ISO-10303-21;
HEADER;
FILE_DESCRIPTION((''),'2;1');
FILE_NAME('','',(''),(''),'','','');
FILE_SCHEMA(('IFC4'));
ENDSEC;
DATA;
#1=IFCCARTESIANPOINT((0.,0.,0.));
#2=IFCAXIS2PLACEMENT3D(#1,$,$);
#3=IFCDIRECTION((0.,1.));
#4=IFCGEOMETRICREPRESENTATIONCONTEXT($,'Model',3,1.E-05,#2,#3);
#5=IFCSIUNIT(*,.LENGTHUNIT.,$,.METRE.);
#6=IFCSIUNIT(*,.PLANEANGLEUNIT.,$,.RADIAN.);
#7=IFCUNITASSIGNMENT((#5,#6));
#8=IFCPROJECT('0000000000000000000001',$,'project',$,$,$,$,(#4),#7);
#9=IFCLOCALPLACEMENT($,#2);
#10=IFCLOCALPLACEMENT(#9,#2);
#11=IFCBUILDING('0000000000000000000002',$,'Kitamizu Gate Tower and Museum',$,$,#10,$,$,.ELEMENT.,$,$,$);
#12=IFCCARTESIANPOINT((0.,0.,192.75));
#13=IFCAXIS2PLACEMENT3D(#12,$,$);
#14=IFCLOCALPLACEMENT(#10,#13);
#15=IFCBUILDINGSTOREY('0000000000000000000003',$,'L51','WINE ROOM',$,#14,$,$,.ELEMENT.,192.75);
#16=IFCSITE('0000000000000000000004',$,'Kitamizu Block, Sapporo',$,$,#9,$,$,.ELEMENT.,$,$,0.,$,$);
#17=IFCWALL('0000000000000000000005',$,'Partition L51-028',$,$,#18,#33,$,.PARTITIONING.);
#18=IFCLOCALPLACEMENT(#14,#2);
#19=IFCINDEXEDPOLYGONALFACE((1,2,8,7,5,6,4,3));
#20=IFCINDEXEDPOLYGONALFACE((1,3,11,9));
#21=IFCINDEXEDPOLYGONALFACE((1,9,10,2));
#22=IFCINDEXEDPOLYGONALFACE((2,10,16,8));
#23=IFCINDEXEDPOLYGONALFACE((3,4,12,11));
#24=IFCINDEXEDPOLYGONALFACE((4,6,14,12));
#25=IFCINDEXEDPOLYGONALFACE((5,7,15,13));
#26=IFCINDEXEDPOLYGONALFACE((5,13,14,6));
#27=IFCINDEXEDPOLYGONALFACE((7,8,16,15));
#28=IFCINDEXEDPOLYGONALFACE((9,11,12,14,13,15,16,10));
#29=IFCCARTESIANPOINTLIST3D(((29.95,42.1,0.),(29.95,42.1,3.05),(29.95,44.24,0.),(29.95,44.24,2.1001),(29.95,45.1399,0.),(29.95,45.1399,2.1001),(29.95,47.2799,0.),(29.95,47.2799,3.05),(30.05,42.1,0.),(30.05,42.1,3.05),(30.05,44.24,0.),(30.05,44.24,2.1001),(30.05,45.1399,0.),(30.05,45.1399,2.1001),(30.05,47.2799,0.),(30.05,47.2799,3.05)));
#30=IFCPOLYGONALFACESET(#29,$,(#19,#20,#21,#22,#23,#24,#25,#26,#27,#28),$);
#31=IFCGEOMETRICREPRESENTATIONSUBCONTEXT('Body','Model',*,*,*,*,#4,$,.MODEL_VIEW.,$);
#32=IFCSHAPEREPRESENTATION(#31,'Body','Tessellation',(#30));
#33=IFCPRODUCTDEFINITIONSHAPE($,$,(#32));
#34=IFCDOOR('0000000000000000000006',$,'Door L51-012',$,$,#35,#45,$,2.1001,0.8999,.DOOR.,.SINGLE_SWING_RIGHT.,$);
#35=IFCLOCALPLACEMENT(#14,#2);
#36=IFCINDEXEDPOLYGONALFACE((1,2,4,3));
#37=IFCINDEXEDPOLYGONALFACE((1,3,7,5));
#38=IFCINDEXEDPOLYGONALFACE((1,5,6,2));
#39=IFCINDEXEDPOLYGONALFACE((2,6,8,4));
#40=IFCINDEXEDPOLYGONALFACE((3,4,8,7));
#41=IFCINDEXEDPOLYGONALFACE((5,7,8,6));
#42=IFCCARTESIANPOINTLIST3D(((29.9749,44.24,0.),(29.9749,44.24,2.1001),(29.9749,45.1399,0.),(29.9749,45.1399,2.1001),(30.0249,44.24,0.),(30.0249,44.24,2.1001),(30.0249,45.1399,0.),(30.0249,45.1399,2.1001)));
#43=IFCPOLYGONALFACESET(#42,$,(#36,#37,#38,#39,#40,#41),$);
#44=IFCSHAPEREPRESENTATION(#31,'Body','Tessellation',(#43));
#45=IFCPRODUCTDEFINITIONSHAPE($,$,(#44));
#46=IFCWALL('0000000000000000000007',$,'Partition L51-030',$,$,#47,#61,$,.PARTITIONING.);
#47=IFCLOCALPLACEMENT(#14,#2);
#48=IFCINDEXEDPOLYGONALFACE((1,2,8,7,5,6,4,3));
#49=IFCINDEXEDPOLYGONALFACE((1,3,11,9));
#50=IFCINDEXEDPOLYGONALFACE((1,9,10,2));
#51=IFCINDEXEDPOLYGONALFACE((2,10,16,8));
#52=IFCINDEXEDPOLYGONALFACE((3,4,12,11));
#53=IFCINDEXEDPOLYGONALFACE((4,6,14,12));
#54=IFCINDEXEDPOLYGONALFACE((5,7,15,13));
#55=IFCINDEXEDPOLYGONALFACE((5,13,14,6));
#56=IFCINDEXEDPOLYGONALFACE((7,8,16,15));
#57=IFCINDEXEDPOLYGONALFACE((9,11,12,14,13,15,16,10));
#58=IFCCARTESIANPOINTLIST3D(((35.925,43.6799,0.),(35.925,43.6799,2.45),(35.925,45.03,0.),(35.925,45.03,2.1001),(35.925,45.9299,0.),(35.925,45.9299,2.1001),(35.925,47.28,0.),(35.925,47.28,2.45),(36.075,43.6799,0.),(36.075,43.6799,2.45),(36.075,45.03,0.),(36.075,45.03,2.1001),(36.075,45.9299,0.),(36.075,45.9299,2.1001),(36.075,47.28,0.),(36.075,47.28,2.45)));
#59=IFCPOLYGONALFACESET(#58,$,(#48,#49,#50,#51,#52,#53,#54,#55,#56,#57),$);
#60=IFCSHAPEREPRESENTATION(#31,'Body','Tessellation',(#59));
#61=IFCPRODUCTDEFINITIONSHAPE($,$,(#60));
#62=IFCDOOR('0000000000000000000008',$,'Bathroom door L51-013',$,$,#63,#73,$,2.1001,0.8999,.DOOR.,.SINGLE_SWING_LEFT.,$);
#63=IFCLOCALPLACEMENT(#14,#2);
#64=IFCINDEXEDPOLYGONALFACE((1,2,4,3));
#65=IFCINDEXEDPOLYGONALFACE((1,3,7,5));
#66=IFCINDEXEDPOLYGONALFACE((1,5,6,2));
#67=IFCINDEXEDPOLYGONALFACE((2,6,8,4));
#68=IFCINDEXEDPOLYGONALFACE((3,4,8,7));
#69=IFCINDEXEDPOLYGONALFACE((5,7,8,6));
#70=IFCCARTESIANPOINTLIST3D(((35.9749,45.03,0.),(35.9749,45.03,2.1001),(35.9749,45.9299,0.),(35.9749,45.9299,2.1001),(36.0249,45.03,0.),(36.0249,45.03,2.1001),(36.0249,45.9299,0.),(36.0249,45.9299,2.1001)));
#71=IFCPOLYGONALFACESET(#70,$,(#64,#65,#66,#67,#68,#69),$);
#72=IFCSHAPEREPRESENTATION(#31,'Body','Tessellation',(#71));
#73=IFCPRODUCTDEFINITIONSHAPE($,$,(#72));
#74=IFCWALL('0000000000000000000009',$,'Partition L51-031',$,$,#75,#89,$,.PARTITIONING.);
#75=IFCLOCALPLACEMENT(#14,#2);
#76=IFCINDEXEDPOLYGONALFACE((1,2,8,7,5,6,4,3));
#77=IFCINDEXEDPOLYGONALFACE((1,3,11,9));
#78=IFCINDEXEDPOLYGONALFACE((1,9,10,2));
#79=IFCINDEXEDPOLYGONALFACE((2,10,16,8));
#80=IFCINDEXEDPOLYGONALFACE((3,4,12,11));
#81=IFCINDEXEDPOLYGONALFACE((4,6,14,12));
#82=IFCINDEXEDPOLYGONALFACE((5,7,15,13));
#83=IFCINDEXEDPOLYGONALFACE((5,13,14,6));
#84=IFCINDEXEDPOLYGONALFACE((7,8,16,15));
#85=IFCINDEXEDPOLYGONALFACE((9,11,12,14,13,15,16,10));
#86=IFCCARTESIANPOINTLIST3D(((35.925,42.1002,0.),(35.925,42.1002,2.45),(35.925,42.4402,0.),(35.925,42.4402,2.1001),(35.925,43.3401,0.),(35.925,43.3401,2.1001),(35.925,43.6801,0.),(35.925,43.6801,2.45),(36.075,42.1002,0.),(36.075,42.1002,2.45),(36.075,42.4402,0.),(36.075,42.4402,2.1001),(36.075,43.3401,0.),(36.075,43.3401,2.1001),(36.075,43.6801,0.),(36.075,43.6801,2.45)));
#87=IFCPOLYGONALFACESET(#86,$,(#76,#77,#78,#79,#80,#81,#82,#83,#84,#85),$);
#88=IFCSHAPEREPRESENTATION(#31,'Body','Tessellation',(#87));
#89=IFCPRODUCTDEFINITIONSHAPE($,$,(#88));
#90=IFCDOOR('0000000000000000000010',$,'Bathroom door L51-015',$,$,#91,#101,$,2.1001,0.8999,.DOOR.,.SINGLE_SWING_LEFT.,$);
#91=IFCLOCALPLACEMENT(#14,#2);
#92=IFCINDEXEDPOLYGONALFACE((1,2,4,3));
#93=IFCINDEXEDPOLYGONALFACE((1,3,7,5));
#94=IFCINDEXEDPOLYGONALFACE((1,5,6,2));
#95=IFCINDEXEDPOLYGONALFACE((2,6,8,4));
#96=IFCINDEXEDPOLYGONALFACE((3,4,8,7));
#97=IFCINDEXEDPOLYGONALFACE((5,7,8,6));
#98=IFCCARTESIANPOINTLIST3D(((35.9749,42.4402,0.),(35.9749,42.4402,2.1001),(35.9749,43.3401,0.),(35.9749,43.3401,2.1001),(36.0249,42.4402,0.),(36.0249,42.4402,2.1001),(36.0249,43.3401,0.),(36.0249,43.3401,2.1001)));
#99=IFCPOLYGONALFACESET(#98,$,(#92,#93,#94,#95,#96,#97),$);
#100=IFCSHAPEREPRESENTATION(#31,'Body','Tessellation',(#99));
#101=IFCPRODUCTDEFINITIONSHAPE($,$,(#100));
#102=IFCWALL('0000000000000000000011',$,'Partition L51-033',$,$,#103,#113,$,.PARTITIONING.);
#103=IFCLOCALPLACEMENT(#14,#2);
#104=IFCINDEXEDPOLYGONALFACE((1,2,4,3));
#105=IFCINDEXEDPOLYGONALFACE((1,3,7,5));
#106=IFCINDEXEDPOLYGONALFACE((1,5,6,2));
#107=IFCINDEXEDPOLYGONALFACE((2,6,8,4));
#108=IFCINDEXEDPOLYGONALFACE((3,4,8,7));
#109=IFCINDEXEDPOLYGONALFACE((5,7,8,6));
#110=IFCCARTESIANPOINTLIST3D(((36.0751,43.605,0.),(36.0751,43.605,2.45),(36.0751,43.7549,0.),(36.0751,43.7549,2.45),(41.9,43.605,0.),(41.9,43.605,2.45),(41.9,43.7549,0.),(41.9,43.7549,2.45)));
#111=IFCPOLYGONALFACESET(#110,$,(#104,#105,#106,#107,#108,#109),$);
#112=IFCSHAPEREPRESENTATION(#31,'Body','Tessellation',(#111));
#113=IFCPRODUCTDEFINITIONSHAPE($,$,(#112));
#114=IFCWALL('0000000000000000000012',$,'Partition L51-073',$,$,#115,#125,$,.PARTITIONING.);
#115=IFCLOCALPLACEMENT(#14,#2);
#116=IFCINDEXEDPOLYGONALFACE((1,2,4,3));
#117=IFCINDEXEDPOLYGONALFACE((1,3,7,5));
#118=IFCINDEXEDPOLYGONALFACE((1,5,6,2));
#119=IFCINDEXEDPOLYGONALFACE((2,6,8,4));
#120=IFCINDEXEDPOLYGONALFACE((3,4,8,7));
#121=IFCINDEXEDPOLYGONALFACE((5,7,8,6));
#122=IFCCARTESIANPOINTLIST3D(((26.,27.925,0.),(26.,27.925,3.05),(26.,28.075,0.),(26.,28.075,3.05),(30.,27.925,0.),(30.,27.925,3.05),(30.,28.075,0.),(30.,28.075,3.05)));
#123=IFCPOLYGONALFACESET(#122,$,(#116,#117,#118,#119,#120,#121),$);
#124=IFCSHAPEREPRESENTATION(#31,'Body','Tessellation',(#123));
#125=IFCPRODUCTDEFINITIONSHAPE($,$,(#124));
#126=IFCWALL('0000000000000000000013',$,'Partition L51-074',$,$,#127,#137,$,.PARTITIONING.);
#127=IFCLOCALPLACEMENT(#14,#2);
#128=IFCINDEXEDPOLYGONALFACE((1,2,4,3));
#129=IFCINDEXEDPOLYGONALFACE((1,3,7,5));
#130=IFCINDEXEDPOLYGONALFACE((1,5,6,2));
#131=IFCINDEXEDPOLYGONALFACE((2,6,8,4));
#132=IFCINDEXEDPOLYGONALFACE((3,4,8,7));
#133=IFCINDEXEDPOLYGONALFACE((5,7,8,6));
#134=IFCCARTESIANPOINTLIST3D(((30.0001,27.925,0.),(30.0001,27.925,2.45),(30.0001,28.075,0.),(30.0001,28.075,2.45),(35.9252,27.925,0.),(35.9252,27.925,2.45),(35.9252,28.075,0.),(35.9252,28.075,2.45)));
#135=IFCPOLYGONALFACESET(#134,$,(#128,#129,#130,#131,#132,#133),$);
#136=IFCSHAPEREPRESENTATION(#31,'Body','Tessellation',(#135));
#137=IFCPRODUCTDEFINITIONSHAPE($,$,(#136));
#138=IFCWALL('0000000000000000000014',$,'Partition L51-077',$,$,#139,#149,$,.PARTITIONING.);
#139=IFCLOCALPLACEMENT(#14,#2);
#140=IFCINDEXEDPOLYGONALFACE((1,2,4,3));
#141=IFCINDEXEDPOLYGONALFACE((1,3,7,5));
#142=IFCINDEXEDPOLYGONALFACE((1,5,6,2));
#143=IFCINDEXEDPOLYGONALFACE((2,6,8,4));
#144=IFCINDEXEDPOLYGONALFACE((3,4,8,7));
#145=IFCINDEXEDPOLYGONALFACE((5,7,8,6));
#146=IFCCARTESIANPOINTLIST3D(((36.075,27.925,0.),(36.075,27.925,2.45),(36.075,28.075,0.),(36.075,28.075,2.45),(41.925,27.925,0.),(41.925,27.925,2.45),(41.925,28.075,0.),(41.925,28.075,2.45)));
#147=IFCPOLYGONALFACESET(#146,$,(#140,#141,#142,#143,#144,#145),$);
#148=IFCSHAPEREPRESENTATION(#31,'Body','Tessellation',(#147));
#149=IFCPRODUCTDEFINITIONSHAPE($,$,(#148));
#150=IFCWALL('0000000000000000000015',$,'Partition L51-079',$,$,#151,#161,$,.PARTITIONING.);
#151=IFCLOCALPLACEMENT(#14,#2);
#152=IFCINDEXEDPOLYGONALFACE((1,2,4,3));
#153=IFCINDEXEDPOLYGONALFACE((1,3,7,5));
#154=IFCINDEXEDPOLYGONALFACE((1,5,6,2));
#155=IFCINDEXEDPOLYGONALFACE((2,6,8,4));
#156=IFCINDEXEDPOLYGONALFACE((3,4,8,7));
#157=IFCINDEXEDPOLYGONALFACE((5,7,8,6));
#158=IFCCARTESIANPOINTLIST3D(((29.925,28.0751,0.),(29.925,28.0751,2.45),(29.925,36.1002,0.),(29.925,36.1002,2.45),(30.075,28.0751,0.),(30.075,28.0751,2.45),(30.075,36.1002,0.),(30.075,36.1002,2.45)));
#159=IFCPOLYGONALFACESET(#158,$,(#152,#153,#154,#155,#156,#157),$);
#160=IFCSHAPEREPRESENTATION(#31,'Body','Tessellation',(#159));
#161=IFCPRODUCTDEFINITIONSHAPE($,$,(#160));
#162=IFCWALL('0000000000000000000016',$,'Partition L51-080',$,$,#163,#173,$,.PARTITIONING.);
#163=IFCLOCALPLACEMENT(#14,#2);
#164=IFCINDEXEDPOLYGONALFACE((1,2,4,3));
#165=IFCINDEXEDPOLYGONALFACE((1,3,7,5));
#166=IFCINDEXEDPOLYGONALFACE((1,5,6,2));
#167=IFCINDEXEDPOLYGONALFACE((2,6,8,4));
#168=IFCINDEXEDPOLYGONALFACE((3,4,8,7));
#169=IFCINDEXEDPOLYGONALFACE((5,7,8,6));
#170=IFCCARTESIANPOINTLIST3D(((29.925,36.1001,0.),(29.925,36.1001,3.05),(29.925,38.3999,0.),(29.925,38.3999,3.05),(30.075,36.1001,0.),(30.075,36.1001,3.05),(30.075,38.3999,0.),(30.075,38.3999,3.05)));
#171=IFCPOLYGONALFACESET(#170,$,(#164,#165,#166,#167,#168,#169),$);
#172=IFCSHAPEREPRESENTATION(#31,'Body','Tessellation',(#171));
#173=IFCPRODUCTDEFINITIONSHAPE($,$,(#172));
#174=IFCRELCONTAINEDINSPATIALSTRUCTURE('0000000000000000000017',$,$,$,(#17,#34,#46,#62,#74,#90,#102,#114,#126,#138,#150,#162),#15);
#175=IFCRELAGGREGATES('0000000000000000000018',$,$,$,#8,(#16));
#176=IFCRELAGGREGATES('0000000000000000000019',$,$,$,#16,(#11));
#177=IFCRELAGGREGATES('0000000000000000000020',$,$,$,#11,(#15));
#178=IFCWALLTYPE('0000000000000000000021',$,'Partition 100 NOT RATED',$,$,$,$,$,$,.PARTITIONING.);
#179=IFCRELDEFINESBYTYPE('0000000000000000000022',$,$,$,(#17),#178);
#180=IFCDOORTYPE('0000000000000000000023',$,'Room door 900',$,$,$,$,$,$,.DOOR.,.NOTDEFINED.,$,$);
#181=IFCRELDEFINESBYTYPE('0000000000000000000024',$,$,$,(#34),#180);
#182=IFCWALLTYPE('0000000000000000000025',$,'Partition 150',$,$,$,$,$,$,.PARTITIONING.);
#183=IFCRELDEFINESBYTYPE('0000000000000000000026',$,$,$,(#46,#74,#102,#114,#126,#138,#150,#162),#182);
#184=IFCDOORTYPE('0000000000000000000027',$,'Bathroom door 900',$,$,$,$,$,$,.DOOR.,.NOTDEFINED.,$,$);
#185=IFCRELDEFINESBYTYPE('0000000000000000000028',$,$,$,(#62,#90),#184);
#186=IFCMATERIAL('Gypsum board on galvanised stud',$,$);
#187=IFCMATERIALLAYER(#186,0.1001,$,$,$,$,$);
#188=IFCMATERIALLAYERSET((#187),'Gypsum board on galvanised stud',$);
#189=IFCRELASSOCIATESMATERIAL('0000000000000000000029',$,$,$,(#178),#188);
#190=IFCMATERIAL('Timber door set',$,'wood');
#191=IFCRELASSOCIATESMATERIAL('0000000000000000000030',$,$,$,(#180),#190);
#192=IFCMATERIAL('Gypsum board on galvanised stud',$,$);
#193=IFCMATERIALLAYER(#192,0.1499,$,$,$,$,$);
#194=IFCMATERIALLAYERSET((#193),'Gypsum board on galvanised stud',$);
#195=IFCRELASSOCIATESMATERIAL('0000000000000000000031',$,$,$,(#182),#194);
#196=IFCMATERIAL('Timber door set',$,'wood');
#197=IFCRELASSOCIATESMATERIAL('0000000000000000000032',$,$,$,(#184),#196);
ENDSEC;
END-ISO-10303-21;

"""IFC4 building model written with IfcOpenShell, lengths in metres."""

from ifc_helpers import new_model, si_unit, direction, frame, frame_2d, origin, place, context, subcontext, project, spatial, rectangle, extrude, material, layer, layer_set, type_object, element, fill, save


model = new_model("IFC4")

# Units and contexts
model_context = context("Model", 3, precision=1e-05, world=origin(), true_north=direction((0.0, 1.0)))
body_context = subcontext(model_context, "Body", "Model", "MODEL_VIEW")
ifc_project = project(units=[si_unit("LENGTHUNIT", "METRE"), si_unit("PLANEANGLEUNIT", "RADIAN")], contexts=[model_context])

# Site, building, storey
site_placement = place(None, origin())
site = spatial("IfcSite", under=ifc_project, at=site_placement, Name="Kitamizu Block, Sapporo", CompositionType="ELEMENT", RefElevation=0.0)
building_placement = place(site_placement, origin())
building = spatial("IfcBuilding", under=site, at=building_placement, Name="Kitamizu Gate Tower and Museum", CompositionType="ELEMENT")
storey_placement = place(building_placement, frame((0.0, 0.0, 192.75)))
storey = spatial("IfcBuildingStorey", under=building, at=storey_placement, Name="L51", Description="WINE ROOM", CompositionType="ELEMENT", Elevation=192.75)

# Walls, openings, doors
ifc_material_1 = material(Name="Gypsum board on galvanised stud")
ifc_layer_1 = layer(ifc_material_1, 0.1001)
ifc_layer_set_1 = layer_set([ifc_layer_1], Name="Gypsum board on galvanised stud")
wall_type_1 = type_object("IfcWallType", Name="Partition 100 NOT RATED", PredefinedType="PARTITIONING", material=ifc_layer_set_1)
wall_1_placement = place(storey_placement, frame((30.0, 42.1001, 0.0), z_axis=(0.0, 0.0, 1.0), x_axis=(0.0, 1.0, 0.0)))
wall_1 = element("IfcWall", 1, at=wall_1_placement, inside=storey, type_object=wall_type_1, Name="Partition L51-028", PredefinedType="PARTITIONING", context=body_context, shape_type="SweptSolid", body=[
    extrude(rectangle(XDim=5.1799, YDim=0.1001, at=frame_2d((2.5898, 0.0))), origin(), (0.0, 0.0, 1.0), 3.05),
])
opening_1_placement = place(wall_1_placement, frame((2.1399, 0.0, 0.0)))
opening_1 = element("IfcOpeningElement", 2, at=opening_1_placement, cuts=wall_1, PredefinedType="OPENING", context=body_context, shape_type="SweptSolid", body=[
    extrude(rectangle(XDim=0.8999, YDim=2.1001, at=frame_2d((0.45, 1.05))), frame((0.0, 0.0601, 0.0), z_axis=(0.0, -1.0, 0.0), x_axis=(1.0, 0.0, 0.0)), (0.0, 0.0, 1.0), 0.1201),
])
ifc_material_2 = material(Name="Timber door set", Category="wood")
door_type_1 = type_object("IfcDoorType", Name="Room door 900", OperationType="NOTDEFINED", PredefinedType="DOOR", material=ifc_material_2)
door_1_placement = place(opening_1_placement, frame((0.8999, 0.0, 0.0), x_axis=(-1.0, 0.0, 0.0)))
door_1 = element("IfcDoor", 3, at=door_1_placement, inside=storey, type_object=door_type_1, Name="Door L51-012", OperationType="SINGLE_SWING_RIGHT", OverallHeight=2.1001, OverallWidth=0.8999, PredefinedType="DOOR", context=body_context, shape_type="SweptSolid", body=[
    extrude(rectangle(XDim=0.8999, YDim=2.1001, at=frame_2d((0.45, 1.05))), frame((0.0, 0.0249, 0.0), z_axis=(0.0, -1.0, 0.0), x_axis=(1.0, 0.0, 0.0)), (0.0, 0.0, 1.0), 0.05),
])
fill(opening_1, door_1)
ifc_material_3 = material(Name="Gypsum board on galvanised stud")
ifc_layer_2 = layer(ifc_material_3, 0.1499)
ifc_layer_set_2 = layer_set([ifc_layer_2], Name="Gypsum board on galvanised stud")
wall_type_2 = type_object("IfcWallType", Name="Partition 150", PredefinedType="PARTITIONING", material=ifc_layer_set_2)
wall_2_placement = place(storey_placement, frame((36.0, 43.6799, 0.0), z_axis=(0.0, 0.0, 1.0), x_axis=(0.0, 1.0, 0.0)))
wall_2 = element("IfcWall", 4, at=wall_2_placement, inside=storey, type_object=wall_type_2, Name="Partition L51-030", PredefinedType="PARTITIONING", context=body_context, shape_type="SweptSolid", body=[
    extrude(rectangle(XDim=3.6001, YDim=0.1499, at=frame_2d((1.8, 0.0))), origin(), (0.0, 0.0, 1.0), 2.45),
])
opening_2_placement = place(wall_2_placement, frame((1.3501, 0.0, 0.0)))
opening_2 = element("IfcOpeningElement", 5, at=opening_2_placement, cuts=wall_2, PredefinedType="OPENING", context=body_context, shape_type="SweptSolid", body=[
    extrude(rectangle(XDim=0.8999, YDim=2.1001, at=frame_2d((0.45, 1.05))), frame((0.0, 0.085, 0.0), z_axis=(0.0, -1.0, 0.0), x_axis=(1.0, 0.0, 0.0)), (0.0, 0.0, 1.0), 0.1699),
])
ifc_material_4 = material(Name="Timber door set", Category="wood")
door_type_2 = type_object("IfcDoorType", Name="Bathroom door 900", OperationType="NOTDEFINED", PredefinedType="DOOR", material=ifc_material_4)
door_2_placement = place(opening_2_placement, frame((0.8999, 0.0, 0.0), x_axis=(-1.0, 0.0, 0.0)))
door_2 = element("IfcDoor", 6, at=door_2_placement, inside=storey, type_object=door_type_2, Name="Bathroom door L51-013", OperationType="SINGLE_SWING_LEFT", OverallHeight=2.1001, OverallWidth=0.8999, PredefinedType="DOOR", context=body_context, shape_type="SweptSolid", body=[
    extrude(rectangle(XDim=0.8999, YDim=2.1001, at=frame_2d((0.45, 1.05))), frame((0.0, 0.0249, 0.0), z_axis=(0.0, -1.0, 0.0), x_axis=(1.0, 0.0, 0.0)), (0.0, 0.0, 1.0), 0.05),
])
fill(opening_2, door_2)
wall_3_placement = place(storey_placement, frame((36.0, 42.1001, 0.0), z_axis=(0.0, 0.0, 1.0), x_axis=(0.0, 1.0, 0.0)))
wall_3 = element("IfcWall", 7, at=wall_3_placement, inside=storey, type_object=wall_type_2, Name="Partition L51-031", PredefinedType="PARTITIONING", context=body_context, shape_type="SweptSolid", body=[
    extrude(rectangle(XDim=1.5798, YDim=0.1499, at=frame_2d((0.79, 0.0))), origin(), (0.0, 0.0, 1.0), 2.45),
])
opening_3_placement = place(wall_3_placement, frame((0.3401, 0.0, 0.0)))
opening_3 = element("IfcOpeningElement", 8, at=opening_3_placement, cuts=wall_3, PredefinedType="OPENING", context=body_context, shape_type="SweptSolid", body=[
    extrude(rectangle(XDim=0.8999, YDim=2.1001, at=frame_2d((0.45, 1.05))), frame((0.0, 0.085, 0.0), z_axis=(0.0, -1.0, 0.0), x_axis=(1.0, 0.0, 0.0)), (0.0, 0.0, 1.0), 0.1699),
])
door_3_placement = place(opening_3_placement, frame((0.8999, 0.0, 0.0), x_axis=(-1.0, 0.0, 0.0)))
door_3 = element("IfcDoor", 9, at=door_3_placement, inside=storey, type_object=door_type_2, Name="Bathroom door L51-015", OperationType="SINGLE_SWING_LEFT", OverallHeight=2.1001, OverallWidth=0.8999, PredefinedType="DOOR", context=body_context, shape_type="SweptSolid", body=[
    extrude(rectangle(XDim=0.8999, YDim=2.1001, at=frame_2d((0.45, 1.05))), frame((0.0, 0.0249, 0.0), z_axis=(0.0, -1.0, 0.0), x_axis=(1.0, 0.0, 0.0)), (0.0, 0.0, 1.0), 0.05),
])
fill(opening_3, door_3)

# Walls
wall_4_placement = place(storey_placement, frame((36.075, 43.6799, 0.0), z_axis=(0.0, 0.0, 1.0), x_axis=(1.0, 0.0, 0.0)))
element("IfcWall", 10, at=wall_4_placement, inside=storey, type_object=wall_type_2, Name="Partition L51-033", PredefinedType="PARTITIONING", context=body_context, shape_type="SweptSolid", body=[
    extrude(rectangle(XDim=5.825, YDim=0.1499, at=frame_2d((2.9126, 0.0))), origin(), (0.0, 0.0, 1.0), 2.45),
])
wall_5_placement = place(storey_placement, frame((30.0, 28.0, 0.0), z_axis=(0.0, 0.0, 1.0), x_axis=(-1.0, 0.0, 0.0)))
element("IfcWall", 11, at=wall_5_placement, inside=storey, type_object=wall_type_2, Name="Partition L51-073", PredefinedType="PARTITIONING", context=body_context, shape_type="SweptSolid", body=[
    extrude(rectangle(XDim=4.0, YDim=0.1499, at=frame_2d((2.0, 0.0))), origin(), (0.0, 0.0, 1.0), 3.05),
])
wall_6_placement = place(storey_placement, frame((35.925, 28.0, 0.0), z_axis=(0.0, 0.0, 1.0), x_axis=(-1.0, 0.0, 0.0)))
element("IfcWall", 12, at=wall_6_placement, inside=storey, type_object=wall_type_2, Name="Partition L51-074", PredefinedType="PARTITIONING", context=body_context, shape_type="SweptSolid", body=[
    extrude(rectangle(XDim=5.925, YDim=0.1499, at=frame_2d((2.9624, 0.0))), origin(), (0.0, 0.0, 1.0), 2.45),
])
wall_7_placement = place(storey_placement, frame((41.925, 28.0, 0.0), z_axis=(0.0, 0.0, 1.0), x_axis=(-1.0, 0.0, 0.0)))
element("IfcWall", 13, at=wall_7_placement, inside=storey, type_object=wall_type_2, Name="Partition L51-077", PredefinedType="PARTITIONING", context=body_context, shape_type="SweptSolid", body=[
    extrude(rectangle(XDim=5.8501, YDim=0.1499, at=frame_2d((2.925, 0.0))), origin(), (0.0, 0.0, 1.0), 2.45),
])
wall_8_placement = place(storey_placement, frame((30.0, 28.075, 0.0), z_axis=(0.0, 0.0, 1.0), x_axis=(0.0, 1.0, 0.0)))
element("IfcWall", 14, at=wall_8_placement, inside=storey, type_object=wall_type_2, Name="Partition L51-079", PredefinedType="PARTITIONING", context=body_context, shape_type="SweptSolid", body=[
    extrude(rectangle(XDim=8.0251, YDim=0.1499, at=frame_2d((4.0127, 0.0))), origin(), (0.0, 0.0, 1.0), 2.45),
])
wall_9_placement = place(storey_placement, frame((30.0, 36.1001, 0.0), z_axis=(0.0, 0.0, 1.0), x_axis=(0.0, 1.0, 0.0)))
element("IfcWall", 15, at=wall_9_placement, inside=storey, type_object=wall_type_2, Name="Partition L51-080", PredefinedType="PARTITIONING", context=body_context, shape_type="SweptSolid", body=[
    extrude(rectangle(XDim=2.2998, YDim=0.1499, at=frame_2d((1.1499, 0.0))), origin(), (0.0, 0.0, 1.0), 3.05),
])

save(model, "model.ifc")
